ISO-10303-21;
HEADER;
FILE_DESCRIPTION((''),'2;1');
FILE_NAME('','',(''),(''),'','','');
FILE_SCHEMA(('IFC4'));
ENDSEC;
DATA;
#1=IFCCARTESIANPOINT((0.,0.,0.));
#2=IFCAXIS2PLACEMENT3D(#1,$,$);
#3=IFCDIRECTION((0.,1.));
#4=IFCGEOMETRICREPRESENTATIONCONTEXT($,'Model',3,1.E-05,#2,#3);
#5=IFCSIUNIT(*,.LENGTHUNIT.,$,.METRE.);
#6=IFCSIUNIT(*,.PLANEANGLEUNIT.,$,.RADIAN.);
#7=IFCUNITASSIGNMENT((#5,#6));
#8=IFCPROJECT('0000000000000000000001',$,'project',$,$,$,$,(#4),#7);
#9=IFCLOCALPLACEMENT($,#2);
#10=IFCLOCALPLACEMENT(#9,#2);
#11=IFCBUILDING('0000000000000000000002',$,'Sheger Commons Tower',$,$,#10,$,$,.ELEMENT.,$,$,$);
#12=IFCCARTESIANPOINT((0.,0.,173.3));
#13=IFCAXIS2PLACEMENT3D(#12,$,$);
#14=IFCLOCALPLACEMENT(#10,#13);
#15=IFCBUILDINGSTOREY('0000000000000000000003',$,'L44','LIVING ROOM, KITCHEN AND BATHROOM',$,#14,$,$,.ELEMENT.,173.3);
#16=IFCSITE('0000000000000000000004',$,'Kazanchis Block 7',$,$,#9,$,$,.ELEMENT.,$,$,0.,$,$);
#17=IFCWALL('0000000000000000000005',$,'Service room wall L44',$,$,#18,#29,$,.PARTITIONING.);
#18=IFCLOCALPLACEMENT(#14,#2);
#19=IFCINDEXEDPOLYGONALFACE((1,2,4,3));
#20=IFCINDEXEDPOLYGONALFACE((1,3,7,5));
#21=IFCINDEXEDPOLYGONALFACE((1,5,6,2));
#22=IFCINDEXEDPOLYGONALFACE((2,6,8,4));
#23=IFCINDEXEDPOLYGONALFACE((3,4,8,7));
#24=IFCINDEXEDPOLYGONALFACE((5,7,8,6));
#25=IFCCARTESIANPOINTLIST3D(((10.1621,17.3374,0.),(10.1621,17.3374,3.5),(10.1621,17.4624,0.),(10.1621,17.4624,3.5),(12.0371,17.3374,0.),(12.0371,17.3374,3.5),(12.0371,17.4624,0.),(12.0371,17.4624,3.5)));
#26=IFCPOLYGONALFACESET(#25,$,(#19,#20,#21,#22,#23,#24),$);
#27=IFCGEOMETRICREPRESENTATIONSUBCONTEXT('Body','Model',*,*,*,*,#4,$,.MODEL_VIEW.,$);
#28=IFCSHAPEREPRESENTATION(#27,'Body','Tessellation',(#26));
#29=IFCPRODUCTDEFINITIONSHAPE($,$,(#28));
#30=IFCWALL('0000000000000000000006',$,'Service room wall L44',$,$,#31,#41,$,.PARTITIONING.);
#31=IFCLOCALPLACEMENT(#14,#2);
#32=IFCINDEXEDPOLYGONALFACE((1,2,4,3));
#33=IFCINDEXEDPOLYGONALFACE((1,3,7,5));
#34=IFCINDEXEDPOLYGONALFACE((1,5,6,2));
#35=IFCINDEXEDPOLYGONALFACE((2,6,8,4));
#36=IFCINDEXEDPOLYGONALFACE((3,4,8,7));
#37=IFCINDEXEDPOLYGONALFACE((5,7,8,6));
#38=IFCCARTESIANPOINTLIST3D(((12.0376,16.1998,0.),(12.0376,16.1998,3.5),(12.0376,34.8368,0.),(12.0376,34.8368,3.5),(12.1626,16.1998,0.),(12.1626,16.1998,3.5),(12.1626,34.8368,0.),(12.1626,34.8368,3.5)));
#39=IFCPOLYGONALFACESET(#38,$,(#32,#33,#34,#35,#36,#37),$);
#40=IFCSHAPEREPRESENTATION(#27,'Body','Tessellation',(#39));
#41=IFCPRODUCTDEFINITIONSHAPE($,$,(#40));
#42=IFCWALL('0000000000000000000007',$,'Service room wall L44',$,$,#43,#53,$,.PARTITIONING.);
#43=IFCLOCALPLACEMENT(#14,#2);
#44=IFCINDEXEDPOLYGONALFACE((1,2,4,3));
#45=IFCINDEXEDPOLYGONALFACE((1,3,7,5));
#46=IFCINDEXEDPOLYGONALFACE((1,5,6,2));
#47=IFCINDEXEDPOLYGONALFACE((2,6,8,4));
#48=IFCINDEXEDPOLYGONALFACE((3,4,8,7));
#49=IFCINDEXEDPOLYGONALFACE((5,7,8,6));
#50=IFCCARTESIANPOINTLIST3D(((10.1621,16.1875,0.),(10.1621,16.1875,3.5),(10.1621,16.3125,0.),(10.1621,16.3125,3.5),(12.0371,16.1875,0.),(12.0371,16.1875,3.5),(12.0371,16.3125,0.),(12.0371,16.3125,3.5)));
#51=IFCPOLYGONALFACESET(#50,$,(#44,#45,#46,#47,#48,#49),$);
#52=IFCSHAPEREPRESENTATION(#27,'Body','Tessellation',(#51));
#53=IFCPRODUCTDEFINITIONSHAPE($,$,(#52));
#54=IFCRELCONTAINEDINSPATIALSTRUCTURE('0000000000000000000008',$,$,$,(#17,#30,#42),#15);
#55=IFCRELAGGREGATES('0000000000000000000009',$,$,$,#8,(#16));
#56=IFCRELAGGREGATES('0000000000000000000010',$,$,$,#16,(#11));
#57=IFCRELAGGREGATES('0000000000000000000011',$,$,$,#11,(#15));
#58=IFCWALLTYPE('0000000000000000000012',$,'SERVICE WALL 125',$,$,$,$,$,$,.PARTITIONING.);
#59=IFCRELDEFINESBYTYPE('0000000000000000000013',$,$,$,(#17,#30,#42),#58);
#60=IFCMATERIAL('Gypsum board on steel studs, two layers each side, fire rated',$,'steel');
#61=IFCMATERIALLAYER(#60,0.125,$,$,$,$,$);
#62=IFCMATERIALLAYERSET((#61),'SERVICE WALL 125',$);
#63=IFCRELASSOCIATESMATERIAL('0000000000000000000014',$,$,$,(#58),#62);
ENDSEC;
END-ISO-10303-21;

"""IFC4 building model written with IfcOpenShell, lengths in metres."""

from ifc_helpers import new_model, si_unit, direction, frame, frame_2d, origin, place, context, subcontext, project, spatial, rectangle, extrude, material, layer, layer_set, type_object, element, save


model = new_model("IFC4")

# Units and contexts
model_context = context("Model", 3, precision=1e-05, world=origin(), true_north=direction((0.0, 1.0)))
body_context = subcontext(model_context, "Body", "Model", "MODEL_VIEW")
ifc_project = project(units=[si_unit("LENGTHUNIT", "METRE"), si_unit("PLANEANGLEUNIT", "RADIAN")], contexts=[model_context])

# Site, building, storey
site_placement = place(None, origin())
site = spatial("IfcSite", under=ifc_project, at=site_placement, Name="Kazanchis Block 7", CompositionType="ELEMENT", RefElevation=0.0)
building_placement = place(site_placement, origin())
building = spatial("IfcBuilding", under=site, at=building_placement, Name="Sheger Commons Tower", CompositionType="ELEMENT")
storey_placement = place(building_placement, frame((0.0, 0.0, 173.3)))
storey = spatial("IfcBuildingStorey", under=building, at=storey_placement, Name="L44", Description="LIVING ROOM, KITCHEN AND BATHROOM", CompositionType="ELEMENT", Elevation=173.3)

# Shared definitions
ifc_material_1 = material(Name="Gypsum board on steel studs, two layers each side, fire rated", Category="steel")
ifc_layer_1 = layer(ifc_material_1, 0.125)
ifc_layer_set_1 = layer_set([ifc_layer_1], Name="SERVICE WALL 125")
wall_type_1 = type_object("IfcWallType", Name="SERVICE WALL 125", PredefinedType="PARTITIONING", material=ifc_layer_set_1)

# Walls
wall_1_placement = place(storey_placement, frame((10.1621, 17.3999, 0.0), z_axis=(0.0, 0.0, 1.0), x_axis=(1.0, 0.0, 0.0)))
element("IfcWall", 1, at=wall_1_placement, inside=storey, type_object=wall_type_1, Name="Service room wall L44", PredefinedType="PARTITIONING", context=body_context, shape_type="SweptSolid", body=[
    extrude(rectangle(XDim=1.875, YDim=0.125, at=frame_2d((0.9375, 0.0))), origin(), (0.0, 0.0, 1.0), 3.5),
])
wall_2_placement = place(storey_placement, frame((12.1001, 16.2, 0.0), z_axis=(0.0, 0.0, 1.0), x_axis=(0.0, 1.0, 0.0)))
element("IfcWall", 2, at=wall_2_placement, inside=storey, type_object=wall_type_1, Name="Service room wall L44", PredefinedType="PARTITIONING", context=body_context, shape_type="SweptSolid", body=[
    extrude(rectangle(XDim=18.637, YDim=0.125, at=frame_2d((9.3184, 0.0))), origin(), (0.0, 0.0, 1.0), 3.5),
])
wall_3_placement = place(storey_placement, frame((10.1621, 16.25, 0.0), z_axis=(0.0, 0.0, 1.0), x_axis=(1.0, 0.0, 0.0)))
element("IfcWall", 3, at=wall_3_placement, inside=storey, type_object=wall_type_1, Name="Service room wall L44", PredefinedType="PARTITIONING", context=body_context, shape_type="SweptSolid", body=[
    extrude(rectangle(XDim=1.875, YDim=0.125, at=frame_2d((0.9375, 0.0))), origin(), (0.0, 0.0, 1.0), 3.5),
])

save(model, "model.ifc")
